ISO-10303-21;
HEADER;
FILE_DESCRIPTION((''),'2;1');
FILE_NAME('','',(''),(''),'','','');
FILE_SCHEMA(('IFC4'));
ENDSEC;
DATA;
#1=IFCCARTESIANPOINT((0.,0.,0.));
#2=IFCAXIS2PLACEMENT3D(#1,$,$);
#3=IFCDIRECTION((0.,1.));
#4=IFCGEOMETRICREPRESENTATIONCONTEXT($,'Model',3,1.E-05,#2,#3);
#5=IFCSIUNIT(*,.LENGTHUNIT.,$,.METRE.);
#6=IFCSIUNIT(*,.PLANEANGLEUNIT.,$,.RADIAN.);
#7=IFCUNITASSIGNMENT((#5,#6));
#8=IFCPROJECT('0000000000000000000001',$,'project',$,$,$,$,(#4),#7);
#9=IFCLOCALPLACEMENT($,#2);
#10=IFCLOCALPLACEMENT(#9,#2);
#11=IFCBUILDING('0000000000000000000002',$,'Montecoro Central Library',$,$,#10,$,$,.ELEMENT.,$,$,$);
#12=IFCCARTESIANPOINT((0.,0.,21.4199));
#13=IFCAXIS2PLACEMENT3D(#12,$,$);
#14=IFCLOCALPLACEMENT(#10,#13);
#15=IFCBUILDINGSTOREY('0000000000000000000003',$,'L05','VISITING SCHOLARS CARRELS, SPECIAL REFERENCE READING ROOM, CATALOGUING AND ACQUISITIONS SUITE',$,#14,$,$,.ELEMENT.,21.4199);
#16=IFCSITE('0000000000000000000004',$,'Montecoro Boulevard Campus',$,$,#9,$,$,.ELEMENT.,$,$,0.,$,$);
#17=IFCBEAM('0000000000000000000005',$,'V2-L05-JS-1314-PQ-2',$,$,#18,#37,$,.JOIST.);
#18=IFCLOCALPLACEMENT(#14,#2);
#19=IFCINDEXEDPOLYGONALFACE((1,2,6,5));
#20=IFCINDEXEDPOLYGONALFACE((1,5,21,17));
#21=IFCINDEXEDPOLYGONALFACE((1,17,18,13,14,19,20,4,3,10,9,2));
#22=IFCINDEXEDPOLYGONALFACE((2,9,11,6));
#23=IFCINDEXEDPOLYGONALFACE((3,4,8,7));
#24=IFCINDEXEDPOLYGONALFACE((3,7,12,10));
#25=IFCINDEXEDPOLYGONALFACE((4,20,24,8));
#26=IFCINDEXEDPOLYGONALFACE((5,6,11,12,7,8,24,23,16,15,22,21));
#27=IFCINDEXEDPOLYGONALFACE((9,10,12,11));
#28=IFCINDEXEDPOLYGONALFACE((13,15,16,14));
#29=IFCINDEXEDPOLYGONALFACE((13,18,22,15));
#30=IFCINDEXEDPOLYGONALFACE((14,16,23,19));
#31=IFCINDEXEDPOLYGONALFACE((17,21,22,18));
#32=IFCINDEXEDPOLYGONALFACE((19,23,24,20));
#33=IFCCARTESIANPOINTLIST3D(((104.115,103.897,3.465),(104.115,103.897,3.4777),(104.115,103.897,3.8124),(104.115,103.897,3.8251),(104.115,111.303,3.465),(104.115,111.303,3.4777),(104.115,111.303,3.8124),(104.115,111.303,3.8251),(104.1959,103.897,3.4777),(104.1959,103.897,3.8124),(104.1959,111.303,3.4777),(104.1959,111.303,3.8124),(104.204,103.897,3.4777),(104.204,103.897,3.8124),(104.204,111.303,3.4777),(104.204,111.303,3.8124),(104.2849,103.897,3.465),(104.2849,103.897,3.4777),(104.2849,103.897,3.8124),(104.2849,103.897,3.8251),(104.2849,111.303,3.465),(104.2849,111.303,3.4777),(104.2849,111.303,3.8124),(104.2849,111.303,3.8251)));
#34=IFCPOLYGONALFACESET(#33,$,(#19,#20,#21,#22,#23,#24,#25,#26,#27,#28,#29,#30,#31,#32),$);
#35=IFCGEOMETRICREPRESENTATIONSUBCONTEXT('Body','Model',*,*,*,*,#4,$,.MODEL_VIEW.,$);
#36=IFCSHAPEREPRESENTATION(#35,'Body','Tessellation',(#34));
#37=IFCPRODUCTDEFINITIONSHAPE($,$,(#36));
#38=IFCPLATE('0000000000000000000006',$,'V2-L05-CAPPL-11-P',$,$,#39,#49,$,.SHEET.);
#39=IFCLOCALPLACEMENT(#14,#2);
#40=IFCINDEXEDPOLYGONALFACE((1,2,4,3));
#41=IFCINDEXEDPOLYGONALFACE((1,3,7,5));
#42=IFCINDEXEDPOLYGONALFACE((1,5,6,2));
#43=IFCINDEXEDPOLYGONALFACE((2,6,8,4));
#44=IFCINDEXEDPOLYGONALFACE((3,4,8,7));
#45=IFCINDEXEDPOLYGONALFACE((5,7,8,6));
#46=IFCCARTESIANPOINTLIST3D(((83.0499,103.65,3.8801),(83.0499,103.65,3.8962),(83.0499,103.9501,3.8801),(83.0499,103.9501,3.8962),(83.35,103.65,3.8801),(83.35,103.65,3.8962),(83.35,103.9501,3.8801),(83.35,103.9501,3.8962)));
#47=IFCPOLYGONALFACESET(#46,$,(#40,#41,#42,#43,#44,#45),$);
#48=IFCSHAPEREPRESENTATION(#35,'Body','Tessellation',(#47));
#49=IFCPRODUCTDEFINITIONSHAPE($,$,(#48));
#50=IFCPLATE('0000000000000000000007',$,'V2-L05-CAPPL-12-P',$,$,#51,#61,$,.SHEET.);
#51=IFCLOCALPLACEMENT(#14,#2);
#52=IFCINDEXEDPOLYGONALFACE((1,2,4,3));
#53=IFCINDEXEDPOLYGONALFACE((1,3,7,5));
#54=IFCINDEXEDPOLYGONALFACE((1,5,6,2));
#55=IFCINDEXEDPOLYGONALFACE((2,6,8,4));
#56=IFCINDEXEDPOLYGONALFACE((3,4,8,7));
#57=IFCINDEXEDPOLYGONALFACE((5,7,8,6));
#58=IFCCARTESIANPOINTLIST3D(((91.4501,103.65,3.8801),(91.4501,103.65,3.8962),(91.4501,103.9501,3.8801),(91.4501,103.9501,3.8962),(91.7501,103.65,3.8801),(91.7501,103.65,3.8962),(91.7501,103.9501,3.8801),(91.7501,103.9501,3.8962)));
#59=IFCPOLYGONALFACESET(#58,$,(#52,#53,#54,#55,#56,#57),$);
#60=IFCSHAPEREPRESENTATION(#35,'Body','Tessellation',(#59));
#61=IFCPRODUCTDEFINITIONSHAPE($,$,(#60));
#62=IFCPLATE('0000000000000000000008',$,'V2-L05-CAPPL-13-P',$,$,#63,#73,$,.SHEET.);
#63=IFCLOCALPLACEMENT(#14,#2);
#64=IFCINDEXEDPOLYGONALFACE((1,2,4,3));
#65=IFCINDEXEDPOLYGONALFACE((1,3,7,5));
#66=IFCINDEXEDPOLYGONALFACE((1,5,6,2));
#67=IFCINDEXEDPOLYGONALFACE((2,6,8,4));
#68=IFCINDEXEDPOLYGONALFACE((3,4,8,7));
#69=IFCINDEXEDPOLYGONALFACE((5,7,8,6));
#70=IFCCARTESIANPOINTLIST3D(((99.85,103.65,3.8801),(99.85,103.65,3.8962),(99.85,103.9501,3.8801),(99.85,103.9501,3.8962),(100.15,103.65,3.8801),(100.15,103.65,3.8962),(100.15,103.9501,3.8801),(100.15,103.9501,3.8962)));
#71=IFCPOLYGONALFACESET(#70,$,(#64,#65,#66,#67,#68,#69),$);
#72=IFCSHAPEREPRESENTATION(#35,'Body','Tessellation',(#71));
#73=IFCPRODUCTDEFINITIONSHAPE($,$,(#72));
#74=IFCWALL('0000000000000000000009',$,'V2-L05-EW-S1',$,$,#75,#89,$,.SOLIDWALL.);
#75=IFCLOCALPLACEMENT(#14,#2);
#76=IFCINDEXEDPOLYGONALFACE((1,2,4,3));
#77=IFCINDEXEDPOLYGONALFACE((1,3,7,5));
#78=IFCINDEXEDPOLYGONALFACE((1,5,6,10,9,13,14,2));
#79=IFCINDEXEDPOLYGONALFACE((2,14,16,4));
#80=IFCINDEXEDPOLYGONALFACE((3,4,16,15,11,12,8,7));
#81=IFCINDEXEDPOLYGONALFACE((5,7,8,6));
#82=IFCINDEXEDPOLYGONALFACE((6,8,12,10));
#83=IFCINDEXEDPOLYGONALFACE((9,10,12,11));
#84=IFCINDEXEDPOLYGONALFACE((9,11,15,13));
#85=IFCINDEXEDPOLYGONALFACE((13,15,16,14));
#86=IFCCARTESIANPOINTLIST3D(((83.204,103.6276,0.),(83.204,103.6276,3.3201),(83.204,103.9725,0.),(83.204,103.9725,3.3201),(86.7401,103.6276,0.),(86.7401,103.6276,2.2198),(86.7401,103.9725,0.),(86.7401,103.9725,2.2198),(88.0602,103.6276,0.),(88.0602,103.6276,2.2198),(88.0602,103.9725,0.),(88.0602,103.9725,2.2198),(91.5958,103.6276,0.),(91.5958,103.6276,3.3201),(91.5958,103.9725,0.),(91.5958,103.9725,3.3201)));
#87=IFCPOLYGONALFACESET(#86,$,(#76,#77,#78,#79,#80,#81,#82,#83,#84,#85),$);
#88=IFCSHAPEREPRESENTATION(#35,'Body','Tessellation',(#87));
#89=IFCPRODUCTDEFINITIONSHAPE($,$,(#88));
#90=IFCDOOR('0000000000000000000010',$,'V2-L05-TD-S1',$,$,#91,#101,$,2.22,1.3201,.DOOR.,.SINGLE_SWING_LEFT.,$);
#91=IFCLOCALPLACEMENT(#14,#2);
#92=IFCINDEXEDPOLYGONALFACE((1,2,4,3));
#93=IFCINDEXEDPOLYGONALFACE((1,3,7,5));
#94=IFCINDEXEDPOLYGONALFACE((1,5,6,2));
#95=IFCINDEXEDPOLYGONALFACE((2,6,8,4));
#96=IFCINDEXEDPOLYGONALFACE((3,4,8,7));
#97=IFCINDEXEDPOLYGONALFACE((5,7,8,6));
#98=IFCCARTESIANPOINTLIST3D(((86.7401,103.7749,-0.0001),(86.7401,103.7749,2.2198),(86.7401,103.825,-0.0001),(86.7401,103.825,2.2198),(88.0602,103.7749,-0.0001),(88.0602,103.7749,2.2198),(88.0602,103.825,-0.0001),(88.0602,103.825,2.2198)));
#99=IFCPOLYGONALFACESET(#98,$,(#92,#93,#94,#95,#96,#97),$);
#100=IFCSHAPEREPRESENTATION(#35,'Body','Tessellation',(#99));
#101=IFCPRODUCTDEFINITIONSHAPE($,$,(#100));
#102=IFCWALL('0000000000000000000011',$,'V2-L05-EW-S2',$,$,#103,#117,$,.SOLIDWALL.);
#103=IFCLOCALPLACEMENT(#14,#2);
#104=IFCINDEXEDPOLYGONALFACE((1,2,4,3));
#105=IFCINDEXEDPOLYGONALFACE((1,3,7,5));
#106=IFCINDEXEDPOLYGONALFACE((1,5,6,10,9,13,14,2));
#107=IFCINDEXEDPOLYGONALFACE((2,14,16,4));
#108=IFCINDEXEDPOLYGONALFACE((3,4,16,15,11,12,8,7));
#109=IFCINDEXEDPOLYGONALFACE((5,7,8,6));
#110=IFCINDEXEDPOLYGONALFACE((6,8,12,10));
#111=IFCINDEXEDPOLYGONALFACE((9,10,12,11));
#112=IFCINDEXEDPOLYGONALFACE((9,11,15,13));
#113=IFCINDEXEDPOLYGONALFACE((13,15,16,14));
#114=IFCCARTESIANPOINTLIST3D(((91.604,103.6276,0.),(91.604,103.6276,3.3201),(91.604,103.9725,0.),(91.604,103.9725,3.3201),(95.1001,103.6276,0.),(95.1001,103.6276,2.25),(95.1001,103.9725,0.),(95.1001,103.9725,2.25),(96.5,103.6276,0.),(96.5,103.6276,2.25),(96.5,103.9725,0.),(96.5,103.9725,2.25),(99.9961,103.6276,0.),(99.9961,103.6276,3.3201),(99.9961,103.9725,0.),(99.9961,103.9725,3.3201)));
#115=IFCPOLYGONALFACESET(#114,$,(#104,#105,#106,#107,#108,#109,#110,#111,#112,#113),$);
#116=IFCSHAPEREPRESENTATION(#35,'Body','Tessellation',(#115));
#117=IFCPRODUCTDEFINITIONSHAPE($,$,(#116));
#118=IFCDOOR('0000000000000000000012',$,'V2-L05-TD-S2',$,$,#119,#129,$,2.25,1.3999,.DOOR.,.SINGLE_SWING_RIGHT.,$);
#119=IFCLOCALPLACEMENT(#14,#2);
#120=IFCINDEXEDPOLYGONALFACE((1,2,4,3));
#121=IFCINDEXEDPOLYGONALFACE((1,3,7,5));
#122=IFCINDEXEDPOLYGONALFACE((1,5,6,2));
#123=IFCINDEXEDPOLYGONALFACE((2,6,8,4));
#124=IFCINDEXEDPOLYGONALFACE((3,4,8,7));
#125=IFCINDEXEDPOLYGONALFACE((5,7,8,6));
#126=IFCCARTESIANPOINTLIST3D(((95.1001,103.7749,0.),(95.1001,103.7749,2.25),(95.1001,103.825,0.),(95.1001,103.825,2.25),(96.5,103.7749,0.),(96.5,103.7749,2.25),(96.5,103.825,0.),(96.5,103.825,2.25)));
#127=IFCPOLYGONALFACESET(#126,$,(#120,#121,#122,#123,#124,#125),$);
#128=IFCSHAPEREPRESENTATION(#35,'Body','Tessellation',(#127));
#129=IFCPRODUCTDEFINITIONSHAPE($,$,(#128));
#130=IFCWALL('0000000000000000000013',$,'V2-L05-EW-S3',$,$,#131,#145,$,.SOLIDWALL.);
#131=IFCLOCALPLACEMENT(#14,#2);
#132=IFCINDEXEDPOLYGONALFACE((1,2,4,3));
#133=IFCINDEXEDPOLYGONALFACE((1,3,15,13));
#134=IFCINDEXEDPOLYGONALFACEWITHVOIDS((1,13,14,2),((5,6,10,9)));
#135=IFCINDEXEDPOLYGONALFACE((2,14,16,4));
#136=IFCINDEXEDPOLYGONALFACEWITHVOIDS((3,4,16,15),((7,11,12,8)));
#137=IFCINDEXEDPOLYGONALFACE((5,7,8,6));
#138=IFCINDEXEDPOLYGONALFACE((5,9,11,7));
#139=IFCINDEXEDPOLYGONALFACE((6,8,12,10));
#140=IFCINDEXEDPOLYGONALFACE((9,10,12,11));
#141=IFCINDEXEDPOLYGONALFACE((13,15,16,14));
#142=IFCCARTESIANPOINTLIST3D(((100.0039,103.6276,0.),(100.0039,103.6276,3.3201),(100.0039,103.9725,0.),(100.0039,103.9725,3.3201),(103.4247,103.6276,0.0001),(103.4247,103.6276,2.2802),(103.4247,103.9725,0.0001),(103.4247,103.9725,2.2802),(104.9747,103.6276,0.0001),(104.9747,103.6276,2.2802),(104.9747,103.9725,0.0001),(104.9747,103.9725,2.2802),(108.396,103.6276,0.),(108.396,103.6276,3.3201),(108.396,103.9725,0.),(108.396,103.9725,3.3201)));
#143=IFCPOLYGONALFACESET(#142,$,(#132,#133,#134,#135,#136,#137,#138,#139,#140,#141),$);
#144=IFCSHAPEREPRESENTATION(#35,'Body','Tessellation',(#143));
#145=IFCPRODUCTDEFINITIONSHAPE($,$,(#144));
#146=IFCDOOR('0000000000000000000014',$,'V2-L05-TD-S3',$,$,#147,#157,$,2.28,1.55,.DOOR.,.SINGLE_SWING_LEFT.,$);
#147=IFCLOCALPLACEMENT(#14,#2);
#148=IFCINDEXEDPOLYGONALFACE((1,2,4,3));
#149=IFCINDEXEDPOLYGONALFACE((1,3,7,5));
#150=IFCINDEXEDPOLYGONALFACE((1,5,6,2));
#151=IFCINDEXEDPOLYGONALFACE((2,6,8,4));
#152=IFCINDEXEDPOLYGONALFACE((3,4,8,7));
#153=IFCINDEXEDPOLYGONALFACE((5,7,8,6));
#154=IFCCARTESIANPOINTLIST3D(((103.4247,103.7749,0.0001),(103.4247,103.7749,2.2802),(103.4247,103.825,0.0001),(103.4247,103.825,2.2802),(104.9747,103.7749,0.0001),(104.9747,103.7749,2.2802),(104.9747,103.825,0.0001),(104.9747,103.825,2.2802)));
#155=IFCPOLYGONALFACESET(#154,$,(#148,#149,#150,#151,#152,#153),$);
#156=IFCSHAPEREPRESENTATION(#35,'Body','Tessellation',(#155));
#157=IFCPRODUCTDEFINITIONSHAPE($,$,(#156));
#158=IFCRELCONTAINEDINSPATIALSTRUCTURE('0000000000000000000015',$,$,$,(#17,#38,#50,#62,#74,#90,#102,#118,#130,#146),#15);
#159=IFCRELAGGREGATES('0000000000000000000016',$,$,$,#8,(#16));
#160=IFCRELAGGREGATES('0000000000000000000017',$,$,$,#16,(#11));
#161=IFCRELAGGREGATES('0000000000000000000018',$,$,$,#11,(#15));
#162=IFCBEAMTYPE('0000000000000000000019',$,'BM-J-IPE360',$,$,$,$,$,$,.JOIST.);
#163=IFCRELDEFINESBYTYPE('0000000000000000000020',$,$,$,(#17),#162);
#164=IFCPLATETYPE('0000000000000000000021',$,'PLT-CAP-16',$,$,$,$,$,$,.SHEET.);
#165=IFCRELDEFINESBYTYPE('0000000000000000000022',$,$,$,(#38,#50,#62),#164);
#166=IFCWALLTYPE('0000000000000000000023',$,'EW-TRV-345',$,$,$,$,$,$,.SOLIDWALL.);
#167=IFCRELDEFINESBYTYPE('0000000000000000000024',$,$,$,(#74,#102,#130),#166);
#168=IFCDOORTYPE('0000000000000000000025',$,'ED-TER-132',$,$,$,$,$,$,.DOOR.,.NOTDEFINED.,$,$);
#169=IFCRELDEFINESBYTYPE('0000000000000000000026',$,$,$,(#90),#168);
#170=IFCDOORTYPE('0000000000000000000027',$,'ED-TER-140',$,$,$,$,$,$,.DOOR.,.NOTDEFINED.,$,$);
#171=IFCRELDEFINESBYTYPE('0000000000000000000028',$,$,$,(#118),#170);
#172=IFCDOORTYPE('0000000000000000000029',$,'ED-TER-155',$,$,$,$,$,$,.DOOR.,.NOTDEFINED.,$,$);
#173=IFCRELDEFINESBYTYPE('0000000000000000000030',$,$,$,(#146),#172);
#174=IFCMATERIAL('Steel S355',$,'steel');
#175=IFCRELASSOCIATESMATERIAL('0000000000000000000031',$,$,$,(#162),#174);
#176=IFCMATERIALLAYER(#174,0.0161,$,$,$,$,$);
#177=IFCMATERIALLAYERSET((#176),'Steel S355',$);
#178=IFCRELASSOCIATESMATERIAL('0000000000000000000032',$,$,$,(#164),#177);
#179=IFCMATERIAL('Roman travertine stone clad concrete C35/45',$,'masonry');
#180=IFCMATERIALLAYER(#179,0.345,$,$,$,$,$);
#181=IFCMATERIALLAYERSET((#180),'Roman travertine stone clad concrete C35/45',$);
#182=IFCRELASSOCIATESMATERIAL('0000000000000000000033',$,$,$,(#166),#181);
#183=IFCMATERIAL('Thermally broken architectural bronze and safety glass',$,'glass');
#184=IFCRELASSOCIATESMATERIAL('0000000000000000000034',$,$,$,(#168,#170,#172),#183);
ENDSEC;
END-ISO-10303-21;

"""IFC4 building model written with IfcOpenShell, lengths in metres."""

from ifc_helpers import new_model, si_unit, direction, frame, frame_2d, origin, origin_2d, place, context, subcontext, project, spatial, rectangle, i_section, extrude, material, layer, layer_set, material_profile, profile_set, type_object, element, fill, save


model = new_model("IFC4")

# Units and contexts
model_context = context("Model", 3, precision=1e-05, world=origin(), true_north=direction((0.0, 1.0)))
body_context = subcontext(model_context, "Body", "Model", "MODEL_VIEW")
ifc_project = project(units=[si_unit("LENGTHUNIT", "METRE"), si_unit("PLANEANGLEUNIT", "RADIAN")], contexts=[model_context])

# Site, building, storey
site_placement = place(None, origin())
site = spatial("IfcSite", under=ifc_project, at=site_placement, Name="Montecoro Boulevard Campus", CompositionType="ELEMENT", RefElevation=0.0)
building_placement = place(site_placement, origin())
building = spatial("IfcBuilding", under=site, at=building_placement, Name="Montecoro Central Library", CompositionType="ELEMENT")
storey_placement = place(building_placement, frame((0.0, 0.0, 21.4199)))
storey = spatial("IfcBuildingStorey", under=building, at=storey_placement, Name="L05", Description="VISITING SCHOLARS CARRELS, SPECIAL REFERENCE READING ROOM, CATALOGUING AND ACQUISITIONS SUITE", CompositionType="ELEMENT", Elevation=21.4199)

# Shared definitions
ifc_material_1 = material(Name="Steel S355", Category="steel")

# Beam
ifc_material_profile_1 = material_profile(ifc_material_1, i_section(OverallWidth=0.1699, OverallDepth=0.3601, WebThickness=0.0081, FlangeThickness=0.0127, at=origin_2d()), Name="IPE 360")
ifc_profile_set_1 = profile_set([ifc_material_profile_1], Name="Steel S355")
beam_type_1 = type_object("IfcBeamType", Name="BM-J-IPE360", PredefinedType="JOIST", material=ifc_profile_set_1)
for number, where, z_axis, x_axis, name in (
    (1, (104.2, 103.897, 3.645), (0.0, 1.0, 0.0), (-1.0, 0.0, 0.0), "V2-L05-JS-1314-PQ-2"),
):
    element("IfcBeam", number, at=place(storey_placement, frame(where, z_axis=z_axis, x_axis=x_axis)), inside=storey, type_object=beam_type_1, Name=name, PredefinedType="JOIST", context=body_context, shape_type="SweptSolid", body=[
        extrude(i_section(OverallWidth=0.1699, OverallDepth=0.3601, WebThickness=0.0081, FlangeThickness=0.0127, at=origin_2d()), origin(), (0.0, 0.0, 1.0), 7.406),
    ])

# Plates
ifc_layer_1 = layer(ifc_material_1, 0.0161)
ifc_layer_set_1 = layer_set([ifc_layer_1], Name="Steel S355")
plate_type = type_object("IfcPlateType", Name="PLT-CAP-16", PredefinedType="SHEET", material=ifc_layer_set_1)
for number, where, z_axis, x_axis, name in (
    (2, (83.2, 103.8, 3.8801), (0.0, 0.0, 1.0), (1.0, 0.0, 0.0), "V2-L05-CAPPL-11-P"),
    (3, (91.6001, 103.8, 3.8801), (0.0, 0.0, 1.0), (1.0, 0.0, 0.0), "V2-L05-CAPPL-12-P"),
    (4, (100.0, 103.8, 3.8801), (0.0, 0.0, 1.0), (1.0, 0.0, 0.0), "V2-L05-CAPPL-13-P"),
):
    element("IfcPlate", number, at=place(storey_placement, frame(where, z_axis=z_axis, x_axis=x_axis)), inside=storey, type_object=plate_type, Name=name, PredefinedType="SHEET", context=body_context, shape_type="SweptSolid", body=[
        extrude(rectangle(XDim=0.3, YDim=0.3, at=origin_2d()), origin(), (0.0, 0.0, 1.0), 0.0161),
    ])

# Walls, openings, doors
ifc_material_2 = material(Name="Roman travertine stone clad concrete C35/45", Category="masonry")
ifc_layer_2 = layer(ifc_material_2, 0.345)
ifc_layer_set_2 = layer_set([ifc_layer_2], Name="Roman travertine stone clad concrete C35/45")
wall_type = type_object("IfcWallType", Name="EW-TRV-345", PredefinedType="SOLIDWALL", material=ifc_layer_set_2)
wall_1_placement = place(storey_placement, frame((83.2041, 103.8, 0.0), z_axis=(0.0, 0.0, 1.0), x_axis=(1.0, 0.0, 0.0)))
wall_1 = element("IfcWall", 5, at=wall_1_placement, inside=storey, type_object=wall_type, Name="V2-L05-EW-S1", PredefinedType="SOLIDWALL", context=body_context, shape_type="SweptSolid", body=[
    extrude(rectangle(XDim=8.3918, YDim=0.345, at=frame_2d((4.1958, 0.0))), origin(), (0.0, 0.0, 1.0), 3.3201),
])
opening_1_placement = place(wall_1_placement, frame((3.5359, 0.0, 0.0)))
opening_1 = element("IfcOpeningElement", 6, at=opening_1_placement, cuts=wall_1, PredefinedType="OPENING", context=body_context, shape_type="SweptSolid", body=[
    extrude(rectangle(XDim=1.3201, YDim=2.22, at=frame_2d((0.6602, 1.1099))), frame((0.0, 0.1824, 0.0), z_axis=(0.0, -1.0, 0.0), x_axis=(1.0, 0.0, 0.0)), (0.0, 0.0, 1.0), 0.365),
])
ifc_material_3 = material(Name="Thermally broken architectural bronze and safety glass", Category="glass")
door_type_1 = type_object("IfcDoorType", Name="ED-TER-132", OperationType="NOTDEFINED", PredefinedType="DOOR", material=ifc_material_3)
door_1_placement = place(opening_1_placement, origin())
door_1 = element("IfcDoor", 7, at=door_1_placement, inside=storey, type_object=door_type_1, Name="V2-L05-TD-S1", OperationType="SINGLE_SWING_LEFT", OverallHeight=2.22, OverallWidth=1.3201, PredefinedType="DOOR", context=body_context, shape_type="SweptSolid", body=[
    extrude(rectangle(XDim=1.3201, YDim=2.22, at=frame_2d((0.6602, 1.1099))), frame((0.0, 0.0249, 0.0), z_axis=(0.0, -1.0, 0.0), x_axis=(1.0, 0.0, 0.0)), (0.0, 0.0, 1.0), 0.05),
])
fill(opening_1, door_1)
wall_2_placement = place(storey_placement, frame((91.604, 103.8, 0.0), z_axis=(0.0, 0.0, 1.0), x_axis=(1.0, 0.0, 0.0)))
wall_2 = element("IfcWall", 8, at=wall_2_placement, inside=storey, type_object=wall_type, Name="V2-L05-EW-S2", PredefinedType="SOLIDWALL", context=body_context, shape_type="SweptSolid", body=[
    extrude(rectangle(XDim=8.3921, YDim=0.345, at=frame_2d((4.196, 0.0))), origin(), (0.0, 0.0, 1.0), 3.3201),
])
opening_2_placement = place(wall_2_placement, frame((3.4961, 0.0, 0.0)))
opening_2 = element("IfcOpeningElement", 9, at=opening_2_placement, cuts=wall_2, PredefinedType="OPENING", context=body_context, shape_type="SweptSolid", body=[
    extrude(rectangle(XDim=1.3999, YDim=2.25, at=frame_2d((0.7, 1.125))), frame((0.0, 0.1824, 0.0), z_axis=(0.0, -1.0, 0.0), x_axis=(1.0, 0.0, 0.0)), (0.0, 0.0, 1.0), 0.365),
])
door_type_2 = type_object("IfcDoorType", Name="ED-TER-140", OperationType="NOTDEFINED", PredefinedType="DOOR", material=ifc_material_3)
door_2_placement = place(opening_2_placement, origin())
door_2 = element("IfcDoor", 10, at=door_2_placement, inside=storey, type_object=door_type_2, Name="V2-L05-TD-S2", OperationType="SINGLE_SWING_RIGHT", OverallHeight=2.25, OverallWidth=1.3999, PredefinedType="DOOR", context=body_context, shape_type="SweptSolid", body=[
    extrude(rectangle(XDim=1.3999, YDim=2.25, at=frame_2d((0.7, 1.125))), frame((0.0, 0.0249, 0.0), z_axis=(0.0, -1.0, 0.0), x_axis=(1.0, 0.0, 0.0)), (0.0, 0.0, 1.0), 0.05),
])
fill(opening_2, door_2)
wall_3_placement = place(storey_placement, frame((100.0039, 103.8, 0.0), z_axis=(0.0, 0.0, 1.0), x_axis=(1.0, 0.0, 0.0)))
wall_3 = element("IfcWall", 11, at=wall_3_placement, inside=storey, type_object=wall_type, Name="V2-L05-EW-S3", PredefinedType="SOLIDWALL", context=body_context, shape_type="SweptSolid", body=[
    extrude(rectangle(XDim=8.3921, YDim=0.345, at=frame_2d((4.196, 0.0))), origin(), (0.0, 0.0, 1.0), 3.3201),
])
opening_3_placement = place(wall_3_placement, frame((3.4209, 0.0, 0.0)))
opening_3 = element("IfcOpeningElement", 12, at=opening_3_placement, cuts=wall_3, PredefinedType="OPENING", context=body_context, shape_type="SweptSolid", body=[
    extrude(rectangle(XDim=1.55, YDim=2.28, at=frame_2d((0.7749, 1.1401))), frame((0.0, 0.1824, 0.0), z_axis=(0.0, -1.0, 0.0), x_axis=(1.0, 0.0, 0.0)), (0.0, 0.0, 1.0), 0.365),
])
door_type_3 = type_object("IfcDoorType", Name="ED-TER-155", OperationType="NOTDEFINED", PredefinedType="DOOR", material=ifc_material_3)
door_3_placement = place(opening_3_placement, origin())
door_3 = element("IfcDoor", 13, at=door_3_placement, inside=storey, type_object=door_type_3, Name="V2-L05-TD-S3", OperationType="SINGLE_SWING_LEFT", OverallHeight=2.28, OverallWidth=1.55, PredefinedType="DOOR", context=body_context, shape_type="SweptSolid", body=[
    extrude(rectangle(XDim=1.55, YDim=2.28, at=frame_2d((0.7749, 1.1401))), frame((0.0, 0.0249, 0.0), z_axis=(0.0, -1.0, 0.0), x_axis=(1.0, 0.0, 0.0)), (0.0, 0.0, 1.0), 0.05),
])
fill(opening_3, door_3)

save(model, "model.ifc")
